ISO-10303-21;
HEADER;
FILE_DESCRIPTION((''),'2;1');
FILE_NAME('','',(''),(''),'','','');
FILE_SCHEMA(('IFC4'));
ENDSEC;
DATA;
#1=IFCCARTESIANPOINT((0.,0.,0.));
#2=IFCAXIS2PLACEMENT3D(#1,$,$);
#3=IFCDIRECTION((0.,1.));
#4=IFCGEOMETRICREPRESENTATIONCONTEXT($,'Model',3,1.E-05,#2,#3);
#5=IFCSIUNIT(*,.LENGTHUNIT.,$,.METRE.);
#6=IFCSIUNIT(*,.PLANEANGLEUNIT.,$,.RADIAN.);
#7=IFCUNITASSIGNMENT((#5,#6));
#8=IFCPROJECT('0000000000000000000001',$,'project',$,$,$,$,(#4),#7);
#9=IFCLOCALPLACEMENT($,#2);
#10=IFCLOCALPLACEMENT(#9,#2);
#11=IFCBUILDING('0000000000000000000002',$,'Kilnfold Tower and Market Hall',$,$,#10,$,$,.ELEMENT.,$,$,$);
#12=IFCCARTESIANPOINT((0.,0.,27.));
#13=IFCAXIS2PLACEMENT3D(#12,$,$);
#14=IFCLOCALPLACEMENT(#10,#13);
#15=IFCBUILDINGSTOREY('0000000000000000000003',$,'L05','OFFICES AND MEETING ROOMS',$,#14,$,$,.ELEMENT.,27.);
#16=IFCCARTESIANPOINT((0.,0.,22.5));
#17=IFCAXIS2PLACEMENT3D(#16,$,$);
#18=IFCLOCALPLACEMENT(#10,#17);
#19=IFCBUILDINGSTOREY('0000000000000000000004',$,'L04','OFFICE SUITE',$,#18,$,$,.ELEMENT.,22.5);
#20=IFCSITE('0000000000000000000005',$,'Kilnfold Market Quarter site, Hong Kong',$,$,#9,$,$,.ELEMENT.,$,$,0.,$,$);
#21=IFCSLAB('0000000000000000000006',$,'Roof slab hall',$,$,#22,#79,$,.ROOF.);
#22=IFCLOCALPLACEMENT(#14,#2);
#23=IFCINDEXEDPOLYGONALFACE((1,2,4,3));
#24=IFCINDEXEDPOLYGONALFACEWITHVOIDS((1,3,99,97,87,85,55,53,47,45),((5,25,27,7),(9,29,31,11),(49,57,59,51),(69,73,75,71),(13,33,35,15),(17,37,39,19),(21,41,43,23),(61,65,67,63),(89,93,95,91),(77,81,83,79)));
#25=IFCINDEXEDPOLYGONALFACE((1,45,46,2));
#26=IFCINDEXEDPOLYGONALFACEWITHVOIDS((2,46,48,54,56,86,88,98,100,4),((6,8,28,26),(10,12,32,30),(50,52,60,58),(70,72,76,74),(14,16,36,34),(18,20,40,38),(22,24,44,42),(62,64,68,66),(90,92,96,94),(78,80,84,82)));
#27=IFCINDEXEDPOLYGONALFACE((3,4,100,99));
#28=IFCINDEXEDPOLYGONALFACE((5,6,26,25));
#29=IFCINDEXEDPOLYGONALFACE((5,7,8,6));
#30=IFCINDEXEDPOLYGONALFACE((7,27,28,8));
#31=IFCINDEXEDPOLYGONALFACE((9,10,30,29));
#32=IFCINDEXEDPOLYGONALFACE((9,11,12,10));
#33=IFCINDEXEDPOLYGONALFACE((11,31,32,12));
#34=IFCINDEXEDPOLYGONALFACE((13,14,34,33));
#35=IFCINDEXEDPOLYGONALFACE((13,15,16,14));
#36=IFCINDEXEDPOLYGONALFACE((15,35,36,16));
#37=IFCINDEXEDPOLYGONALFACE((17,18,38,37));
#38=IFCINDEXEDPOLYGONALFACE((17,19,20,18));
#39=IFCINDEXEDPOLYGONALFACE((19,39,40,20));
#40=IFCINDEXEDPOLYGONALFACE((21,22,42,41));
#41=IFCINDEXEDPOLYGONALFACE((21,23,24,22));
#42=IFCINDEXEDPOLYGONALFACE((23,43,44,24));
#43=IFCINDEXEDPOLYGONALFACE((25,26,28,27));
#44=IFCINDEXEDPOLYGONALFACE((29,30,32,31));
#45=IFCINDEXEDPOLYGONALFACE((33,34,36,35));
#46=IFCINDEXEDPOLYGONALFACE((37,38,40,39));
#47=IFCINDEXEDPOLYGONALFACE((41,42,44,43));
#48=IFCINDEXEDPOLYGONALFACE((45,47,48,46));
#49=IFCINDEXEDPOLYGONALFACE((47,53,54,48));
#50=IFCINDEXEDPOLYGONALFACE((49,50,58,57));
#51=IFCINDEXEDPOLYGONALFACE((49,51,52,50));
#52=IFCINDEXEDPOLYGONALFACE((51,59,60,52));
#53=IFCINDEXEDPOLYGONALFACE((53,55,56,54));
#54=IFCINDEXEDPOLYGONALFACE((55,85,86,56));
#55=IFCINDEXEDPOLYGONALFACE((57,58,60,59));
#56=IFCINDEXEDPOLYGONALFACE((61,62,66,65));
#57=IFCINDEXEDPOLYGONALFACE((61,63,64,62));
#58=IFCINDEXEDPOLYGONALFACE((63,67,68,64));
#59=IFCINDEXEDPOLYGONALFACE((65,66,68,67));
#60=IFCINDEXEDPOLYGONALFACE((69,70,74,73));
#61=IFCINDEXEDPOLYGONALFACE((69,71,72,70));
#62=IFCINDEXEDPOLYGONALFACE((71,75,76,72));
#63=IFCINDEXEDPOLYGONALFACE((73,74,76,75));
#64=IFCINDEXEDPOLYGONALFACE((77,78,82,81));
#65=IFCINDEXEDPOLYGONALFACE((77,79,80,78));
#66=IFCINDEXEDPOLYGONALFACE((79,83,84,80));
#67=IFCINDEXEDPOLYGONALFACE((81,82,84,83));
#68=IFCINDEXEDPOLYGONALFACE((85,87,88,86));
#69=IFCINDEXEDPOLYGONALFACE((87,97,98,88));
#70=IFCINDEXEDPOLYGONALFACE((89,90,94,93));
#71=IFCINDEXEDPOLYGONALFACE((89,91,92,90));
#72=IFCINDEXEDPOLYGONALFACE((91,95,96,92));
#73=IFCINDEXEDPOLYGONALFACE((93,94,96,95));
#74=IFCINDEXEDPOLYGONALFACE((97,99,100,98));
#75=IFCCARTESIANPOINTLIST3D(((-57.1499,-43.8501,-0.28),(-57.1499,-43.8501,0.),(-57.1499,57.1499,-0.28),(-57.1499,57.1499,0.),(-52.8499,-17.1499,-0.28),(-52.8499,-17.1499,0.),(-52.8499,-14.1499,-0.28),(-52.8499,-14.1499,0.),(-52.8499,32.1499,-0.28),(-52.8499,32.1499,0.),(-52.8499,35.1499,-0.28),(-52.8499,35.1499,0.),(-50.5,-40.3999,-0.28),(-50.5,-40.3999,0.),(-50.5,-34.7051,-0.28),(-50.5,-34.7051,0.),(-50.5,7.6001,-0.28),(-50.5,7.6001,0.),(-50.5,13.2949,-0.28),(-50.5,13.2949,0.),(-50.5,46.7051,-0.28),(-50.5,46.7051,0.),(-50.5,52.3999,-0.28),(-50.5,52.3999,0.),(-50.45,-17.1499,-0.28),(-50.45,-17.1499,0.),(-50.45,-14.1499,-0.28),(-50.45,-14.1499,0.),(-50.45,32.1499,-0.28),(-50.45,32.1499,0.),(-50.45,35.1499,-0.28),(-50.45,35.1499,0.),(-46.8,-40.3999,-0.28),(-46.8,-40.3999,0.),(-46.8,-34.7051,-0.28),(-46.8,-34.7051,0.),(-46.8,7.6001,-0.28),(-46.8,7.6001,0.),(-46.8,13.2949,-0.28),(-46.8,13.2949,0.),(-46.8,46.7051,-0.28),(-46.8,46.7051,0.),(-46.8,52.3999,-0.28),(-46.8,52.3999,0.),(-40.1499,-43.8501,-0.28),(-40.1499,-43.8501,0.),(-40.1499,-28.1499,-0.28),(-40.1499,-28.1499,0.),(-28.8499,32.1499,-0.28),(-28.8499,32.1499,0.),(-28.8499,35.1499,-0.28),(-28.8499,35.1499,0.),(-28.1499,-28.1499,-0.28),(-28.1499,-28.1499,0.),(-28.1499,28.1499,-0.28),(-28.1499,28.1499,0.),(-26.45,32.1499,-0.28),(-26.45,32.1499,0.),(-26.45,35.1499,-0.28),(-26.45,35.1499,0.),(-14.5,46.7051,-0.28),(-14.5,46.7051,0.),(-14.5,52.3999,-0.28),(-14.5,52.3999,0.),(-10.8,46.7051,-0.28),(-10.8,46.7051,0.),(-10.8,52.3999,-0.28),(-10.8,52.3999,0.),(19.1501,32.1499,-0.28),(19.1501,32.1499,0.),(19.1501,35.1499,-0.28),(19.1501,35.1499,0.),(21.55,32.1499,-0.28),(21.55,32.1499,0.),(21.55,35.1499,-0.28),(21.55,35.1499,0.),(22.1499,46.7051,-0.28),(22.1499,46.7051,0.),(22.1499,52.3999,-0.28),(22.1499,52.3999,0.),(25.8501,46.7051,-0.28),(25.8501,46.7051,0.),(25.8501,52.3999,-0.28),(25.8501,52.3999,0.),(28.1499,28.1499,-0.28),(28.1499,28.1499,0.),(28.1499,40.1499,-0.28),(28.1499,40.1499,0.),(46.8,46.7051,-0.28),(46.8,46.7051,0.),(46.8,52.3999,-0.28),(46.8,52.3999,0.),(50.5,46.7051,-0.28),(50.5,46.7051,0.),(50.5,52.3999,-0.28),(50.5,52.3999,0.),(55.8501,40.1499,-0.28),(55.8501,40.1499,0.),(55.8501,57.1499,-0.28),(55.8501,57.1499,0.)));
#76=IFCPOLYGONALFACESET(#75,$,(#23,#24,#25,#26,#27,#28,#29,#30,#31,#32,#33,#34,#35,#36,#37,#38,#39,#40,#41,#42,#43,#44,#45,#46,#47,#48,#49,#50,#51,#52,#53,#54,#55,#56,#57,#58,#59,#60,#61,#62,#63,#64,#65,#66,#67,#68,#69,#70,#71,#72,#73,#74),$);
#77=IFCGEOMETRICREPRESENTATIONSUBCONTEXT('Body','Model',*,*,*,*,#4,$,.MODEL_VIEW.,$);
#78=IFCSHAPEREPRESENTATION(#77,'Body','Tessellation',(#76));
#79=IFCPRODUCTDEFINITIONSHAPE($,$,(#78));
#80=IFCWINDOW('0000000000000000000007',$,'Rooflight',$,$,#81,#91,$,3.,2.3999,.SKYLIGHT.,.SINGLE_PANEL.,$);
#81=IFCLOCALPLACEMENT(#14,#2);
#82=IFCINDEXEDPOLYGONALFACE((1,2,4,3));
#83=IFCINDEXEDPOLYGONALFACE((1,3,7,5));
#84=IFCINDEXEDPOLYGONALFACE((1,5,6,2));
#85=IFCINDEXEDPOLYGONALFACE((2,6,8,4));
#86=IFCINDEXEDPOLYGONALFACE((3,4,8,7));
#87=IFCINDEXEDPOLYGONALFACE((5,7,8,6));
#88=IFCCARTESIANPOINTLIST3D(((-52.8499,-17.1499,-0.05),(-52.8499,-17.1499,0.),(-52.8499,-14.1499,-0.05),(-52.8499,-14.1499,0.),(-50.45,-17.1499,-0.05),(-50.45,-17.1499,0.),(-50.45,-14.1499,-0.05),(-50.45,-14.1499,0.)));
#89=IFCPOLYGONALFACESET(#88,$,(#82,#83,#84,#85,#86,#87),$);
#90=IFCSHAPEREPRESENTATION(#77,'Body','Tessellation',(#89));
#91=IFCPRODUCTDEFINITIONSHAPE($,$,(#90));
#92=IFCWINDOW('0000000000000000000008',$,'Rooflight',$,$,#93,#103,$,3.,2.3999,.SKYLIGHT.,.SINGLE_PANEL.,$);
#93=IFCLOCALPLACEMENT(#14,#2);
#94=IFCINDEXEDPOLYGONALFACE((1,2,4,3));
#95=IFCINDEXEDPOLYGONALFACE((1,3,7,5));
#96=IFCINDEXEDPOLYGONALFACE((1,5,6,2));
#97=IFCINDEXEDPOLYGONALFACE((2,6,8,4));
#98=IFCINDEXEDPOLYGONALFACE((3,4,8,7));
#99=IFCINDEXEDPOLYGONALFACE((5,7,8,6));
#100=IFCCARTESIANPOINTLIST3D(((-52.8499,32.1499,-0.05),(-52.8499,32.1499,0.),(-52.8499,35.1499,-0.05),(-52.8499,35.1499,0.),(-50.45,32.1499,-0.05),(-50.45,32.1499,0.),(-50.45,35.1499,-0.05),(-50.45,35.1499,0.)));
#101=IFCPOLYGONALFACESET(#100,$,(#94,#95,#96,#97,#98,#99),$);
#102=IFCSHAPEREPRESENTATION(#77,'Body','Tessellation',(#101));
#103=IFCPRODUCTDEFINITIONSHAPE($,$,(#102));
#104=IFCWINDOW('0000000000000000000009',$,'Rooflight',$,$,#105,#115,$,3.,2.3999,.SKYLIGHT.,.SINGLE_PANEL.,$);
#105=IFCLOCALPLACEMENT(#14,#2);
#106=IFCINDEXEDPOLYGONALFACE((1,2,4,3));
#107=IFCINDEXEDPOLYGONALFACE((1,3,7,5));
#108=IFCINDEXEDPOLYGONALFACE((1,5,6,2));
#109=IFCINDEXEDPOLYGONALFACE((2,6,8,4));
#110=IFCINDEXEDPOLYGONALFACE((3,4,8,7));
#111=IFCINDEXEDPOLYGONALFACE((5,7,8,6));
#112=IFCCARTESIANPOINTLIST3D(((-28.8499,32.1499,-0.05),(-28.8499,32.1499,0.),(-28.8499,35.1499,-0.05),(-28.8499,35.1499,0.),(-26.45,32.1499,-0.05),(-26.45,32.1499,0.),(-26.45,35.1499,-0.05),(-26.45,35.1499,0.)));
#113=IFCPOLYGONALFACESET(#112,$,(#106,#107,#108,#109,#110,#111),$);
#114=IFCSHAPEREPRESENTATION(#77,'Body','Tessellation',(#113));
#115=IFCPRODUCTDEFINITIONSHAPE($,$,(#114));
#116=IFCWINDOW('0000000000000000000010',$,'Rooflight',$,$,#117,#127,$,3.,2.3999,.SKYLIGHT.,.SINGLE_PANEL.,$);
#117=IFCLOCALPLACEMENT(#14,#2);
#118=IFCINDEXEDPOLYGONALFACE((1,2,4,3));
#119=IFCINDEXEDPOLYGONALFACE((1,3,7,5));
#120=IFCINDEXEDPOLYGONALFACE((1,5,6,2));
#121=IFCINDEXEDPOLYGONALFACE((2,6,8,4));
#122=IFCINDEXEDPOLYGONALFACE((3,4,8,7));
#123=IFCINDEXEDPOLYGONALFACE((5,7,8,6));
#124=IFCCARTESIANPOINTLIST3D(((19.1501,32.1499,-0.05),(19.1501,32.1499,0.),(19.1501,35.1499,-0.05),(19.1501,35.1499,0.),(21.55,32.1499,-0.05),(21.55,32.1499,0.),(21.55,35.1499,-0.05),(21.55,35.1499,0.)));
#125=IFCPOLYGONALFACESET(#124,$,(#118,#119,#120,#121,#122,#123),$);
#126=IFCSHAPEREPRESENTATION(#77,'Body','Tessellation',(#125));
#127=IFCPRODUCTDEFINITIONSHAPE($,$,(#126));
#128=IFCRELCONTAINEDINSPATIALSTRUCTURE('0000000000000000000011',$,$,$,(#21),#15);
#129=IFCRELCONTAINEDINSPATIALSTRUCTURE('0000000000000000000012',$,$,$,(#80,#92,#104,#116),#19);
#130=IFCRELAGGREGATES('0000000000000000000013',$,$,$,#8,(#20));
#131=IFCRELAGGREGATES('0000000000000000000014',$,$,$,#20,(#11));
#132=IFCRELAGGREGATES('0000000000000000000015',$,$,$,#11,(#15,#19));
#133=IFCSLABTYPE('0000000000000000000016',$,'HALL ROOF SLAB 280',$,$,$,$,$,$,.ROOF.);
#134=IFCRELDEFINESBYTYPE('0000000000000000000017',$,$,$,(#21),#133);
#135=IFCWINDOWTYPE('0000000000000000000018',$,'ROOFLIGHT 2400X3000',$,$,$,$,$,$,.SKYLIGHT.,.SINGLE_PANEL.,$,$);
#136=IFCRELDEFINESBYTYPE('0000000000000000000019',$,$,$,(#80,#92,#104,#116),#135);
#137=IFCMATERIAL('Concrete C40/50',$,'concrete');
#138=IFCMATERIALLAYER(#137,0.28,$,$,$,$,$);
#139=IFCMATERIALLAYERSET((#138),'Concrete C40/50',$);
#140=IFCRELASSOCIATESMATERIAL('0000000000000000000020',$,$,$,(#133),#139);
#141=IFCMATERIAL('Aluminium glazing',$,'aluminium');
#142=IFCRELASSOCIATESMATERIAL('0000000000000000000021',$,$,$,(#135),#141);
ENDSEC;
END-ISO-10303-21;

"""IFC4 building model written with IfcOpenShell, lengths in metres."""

from ifc_helpers import new_model, si_unit, direction, frame, origin, origin_2d, place, context, subcontext, project, spatial, polyline, rectangle, outline, extrude, source, transform, mapped, material, layer, layer_set, type_object, element, fill, save


model = new_model("IFC4")

# Units and contexts
model_context = context("Model", 3, precision=1e-05, world=origin(), true_north=direction((0.0, 1.0)))
body_context = subcontext(model_context, "Body", "Model", "MODEL_VIEW")
ifc_project = project(units=[si_unit("LENGTHUNIT", "METRE"), si_unit("PLANEANGLEUNIT", "RADIAN")], contexts=[model_context])

# Site, building, storey
site_placement = place(None, origin())
site = spatial("IfcSite", under=ifc_project, at=site_placement, Name="Kilnfold Market Quarter site, Hong Kong", CompositionType="ELEMENT", RefElevation=0.0)
building_placement = place(site_placement, origin())
building = spatial("IfcBuilding", under=site, at=building_placement, Name="Kilnfold Tower and Market Hall", CompositionType="ELEMENT")
storey_1_placement = place(building_placement, frame((0.0, 0.0, 27.0)))
storey_1 = spatial("IfcBuildingStorey", under=building, at=storey_1_placement, Name="L05", Description="OFFICES AND MEETING ROOMS", CompositionType="ELEMENT", Elevation=27.0)

# Slab, openings
ifc_material_1 = material(Name="Concrete C40/50", Category="concrete")
ifc_layer_1 = layer(ifc_material_1, 0.28)
ifc_layer_set_1 = layer_set([ifc_layer_1], Name="Concrete C40/50")
slab_type_1 = type_object("IfcSlabType", Name="HALL ROOF SLAB 280", PredefinedType="ROOF", material=ifc_layer_set_1)
shared_shape_1 = source(origin(), body_context, "Body", "SweptSolid", [
    extrude(outline(polyline([(-57.1499, -43.8501), (-40.1499, -43.8501), (-40.1499, -28.1499), (-28.1499, -28.1499), (-28.1499, -24.562), (-28.1499, 24.562), (-28.1499, 28.1499), (-24.562, 28.1499), (24.562, 28.1499), (28.1499, 28.1499), (28.1499, 40.1499), (55.8501, 40.1499), (55.8501, 57.1499), (-28.1499, 57.1499), (-57.1499, 57.1499), (-57.1499, 28.1499), (-57.1499, -43.8501)]), holes=[polyline([(-50.5, -34.7051), (-50.5, -40.3999), (-46.8, -40.3999), (-46.8, -34.7051), (-50.5, -34.7051)]), polyline([(-50.5, 13.2949), (-50.5, 7.6001), (-46.8, 7.6001), (-46.8, 13.2949), (-50.5, 13.2949)]), polyline([(-46.8, 46.7051), (-46.8, 52.3999), (-50.5, 52.3999), (-50.5, 46.7051), (-46.8, 46.7051)]), polyline([(-10.8, 46.7051), (-10.8, 52.3999), (-14.5, 52.3999), (-14.5, 46.7051), (-10.8, 46.7051)]), polyline([(25.8501, 46.7051), (25.8501, 52.3999), (22.1499, 52.3999), (22.1499, 46.7051), (25.8501, 46.7051)]), polyline([(50.5, 46.7051), (50.5, 52.3999), (46.8, 52.3999), (46.8, 46.7051), (50.5, 46.7051)])]), origin(), (0.0, 0.0, 1.0), 0.28),
])
slab_1_placement = place(storey_1_placement, frame((0.0, 0.0, -0.28)))
slab_1 = element("IfcSlab", 1, at=slab_1_placement, inside=storey_1, type_object=slab_type_1, Name="Roof slab hall", PredefinedType="ROOF", context=body_context, shape_type="MappedRepresentation", body=[
    mapped(shared_shape_1, transform((0.0, 0.0, 0.0))),
])
opening_1_placement = place(slab_1_placement, frame((-51.6499, -15.6499, 0.0)))
opening_1 = element("IfcOpeningElement", 2, at=opening_1_placement, cuts=slab_1, PredefinedType="OPENING", context=body_context, shape_type="SweptSolid", body=[
    extrude(rectangle(XDim=2.3999, YDim=3.0, at=origin_2d()), origin(), (0.0, 0.0, 1.0), 0.28),
])
opening_2_placement = place(slab_1_placement, frame((-51.6499, 33.6499, 0.0)))
opening_2 = element("IfcOpeningElement", 3, at=opening_2_placement, cuts=slab_1, PredefinedType="OPENING", context=body_context, shape_type="SweptSolid", body=[
    extrude(rectangle(XDim=2.3999, YDim=3.0, at=origin_2d()), origin(), (0.0, 0.0, 1.0), 0.28),
])
opening_3_placement = place(slab_1_placement, frame((-27.6499, 33.6499, 0.0)))
opening_3 = element("IfcOpeningElement", 4, at=opening_3_placement, cuts=slab_1, PredefinedType="OPENING", context=body_context, shape_type="SweptSolid", body=[
    extrude(rectangle(XDim=2.3999, YDim=3.0, at=origin_2d()), origin(), (0.0, 0.0, 1.0), 0.28),
])
opening_4_placement = place(slab_1_placement, frame((20.3501, 33.6499, 0.0)))
opening_4 = element("IfcOpeningElement", 5, at=opening_4_placement, cuts=slab_1, PredefinedType="OPENING", context=body_context, shape_type="SweptSolid", body=[
    extrude(rectangle(XDim=2.3999, YDim=3.0, at=origin_2d()), origin(), (0.0, 0.0, 1.0), 0.28),
])

# Shared definitions
storey_2_placement = place(building_placement, frame((0.0, 0.0, 22.5)))
storey_2 = spatial("IfcBuildingStorey", under=building, at=storey_2_placement, Name="L04", Description="OFFICE SUITE", CompositionType="ELEMENT", Elevation=22.5)

# Windows
ifc_material_2 = material(Name="Aluminium glazing", Category="aluminium")
window_type = type_object("IfcWindowType", Name="ROOFLIGHT 2400X3000", PartitioningType="SINGLE_PANEL", PredefinedType="SKYLIGHT", material=ifc_material_2)
window_1_placement = place(opening_1_placement, frame((0.0, 0.0, 0.23)))
window_1 = element("IfcWindow", 6, at=window_1_placement, inside=storey_2, type_object=window_type, Name="Rooflight", OverallHeight=3.0, OverallWidth=2.3999, PartitioningType="SINGLE_PANEL", PredefinedType="SKYLIGHT", context=body_context, shape_type="SweptSolid", body=[
    extrude(rectangle(XDim=2.3999, YDim=3.0, at=origin_2d()), origin(), (0.0, 0.0, 1.0), 0.05),
])
fill(opening_1, window_1)
window_2_placement = place(opening_2_placement, frame((0.0, 0.0, 0.23)))
window_2 = element("IfcWindow", 7, at=window_2_placement, inside=storey_2, type_object=window_type, Name="Rooflight", OverallHeight=3.0, OverallWidth=2.3999, PartitioningType="SINGLE_PANEL", PredefinedType="SKYLIGHT", context=body_context, shape_type="SweptSolid", body=[
    extrude(rectangle(XDim=2.3999, YDim=3.0, at=origin_2d()), origin(), (0.0, 0.0, 1.0), 0.05),
])
fill(opening_2, window_2)
window_3_placement = place(opening_3_placement, frame((0.0, 0.0, 0.23)))
window_3 = element("IfcWindow", 8, at=window_3_placement, inside=storey_2, type_object=window_type, Name="Rooflight", OverallHeight=3.0, OverallWidth=2.3999, PartitioningType="SINGLE_PANEL", PredefinedType="SKYLIGHT", context=body_context, shape_type="SweptSolid", body=[
    extrude(rectangle(XDim=2.3999, YDim=3.0, at=origin_2d()), origin(), (0.0, 0.0, 1.0), 0.05),
])
fill(opening_3, window_3)
window_4_placement = place(opening_4_placement, frame((0.0, 0.0, 0.23)))
window_4 = element("IfcWindow", 9, at=window_4_placement, inside=storey_2, type_object=window_type, Name="Rooflight", OverallHeight=3.0, OverallWidth=2.3999, PartitioningType="SINGLE_PANEL", PredefinedType="SKYLIGHT", context=body_context, shape_type="SweptSolid", body=[
    extrude(rectangle(XDim=2.3999, YDim=3.0, at=origin_2d()), origin(), (0.0, 0.0, 1.0), 0.05),
])
fill(opening_4, window_4)

save(model, "model.ifc")
